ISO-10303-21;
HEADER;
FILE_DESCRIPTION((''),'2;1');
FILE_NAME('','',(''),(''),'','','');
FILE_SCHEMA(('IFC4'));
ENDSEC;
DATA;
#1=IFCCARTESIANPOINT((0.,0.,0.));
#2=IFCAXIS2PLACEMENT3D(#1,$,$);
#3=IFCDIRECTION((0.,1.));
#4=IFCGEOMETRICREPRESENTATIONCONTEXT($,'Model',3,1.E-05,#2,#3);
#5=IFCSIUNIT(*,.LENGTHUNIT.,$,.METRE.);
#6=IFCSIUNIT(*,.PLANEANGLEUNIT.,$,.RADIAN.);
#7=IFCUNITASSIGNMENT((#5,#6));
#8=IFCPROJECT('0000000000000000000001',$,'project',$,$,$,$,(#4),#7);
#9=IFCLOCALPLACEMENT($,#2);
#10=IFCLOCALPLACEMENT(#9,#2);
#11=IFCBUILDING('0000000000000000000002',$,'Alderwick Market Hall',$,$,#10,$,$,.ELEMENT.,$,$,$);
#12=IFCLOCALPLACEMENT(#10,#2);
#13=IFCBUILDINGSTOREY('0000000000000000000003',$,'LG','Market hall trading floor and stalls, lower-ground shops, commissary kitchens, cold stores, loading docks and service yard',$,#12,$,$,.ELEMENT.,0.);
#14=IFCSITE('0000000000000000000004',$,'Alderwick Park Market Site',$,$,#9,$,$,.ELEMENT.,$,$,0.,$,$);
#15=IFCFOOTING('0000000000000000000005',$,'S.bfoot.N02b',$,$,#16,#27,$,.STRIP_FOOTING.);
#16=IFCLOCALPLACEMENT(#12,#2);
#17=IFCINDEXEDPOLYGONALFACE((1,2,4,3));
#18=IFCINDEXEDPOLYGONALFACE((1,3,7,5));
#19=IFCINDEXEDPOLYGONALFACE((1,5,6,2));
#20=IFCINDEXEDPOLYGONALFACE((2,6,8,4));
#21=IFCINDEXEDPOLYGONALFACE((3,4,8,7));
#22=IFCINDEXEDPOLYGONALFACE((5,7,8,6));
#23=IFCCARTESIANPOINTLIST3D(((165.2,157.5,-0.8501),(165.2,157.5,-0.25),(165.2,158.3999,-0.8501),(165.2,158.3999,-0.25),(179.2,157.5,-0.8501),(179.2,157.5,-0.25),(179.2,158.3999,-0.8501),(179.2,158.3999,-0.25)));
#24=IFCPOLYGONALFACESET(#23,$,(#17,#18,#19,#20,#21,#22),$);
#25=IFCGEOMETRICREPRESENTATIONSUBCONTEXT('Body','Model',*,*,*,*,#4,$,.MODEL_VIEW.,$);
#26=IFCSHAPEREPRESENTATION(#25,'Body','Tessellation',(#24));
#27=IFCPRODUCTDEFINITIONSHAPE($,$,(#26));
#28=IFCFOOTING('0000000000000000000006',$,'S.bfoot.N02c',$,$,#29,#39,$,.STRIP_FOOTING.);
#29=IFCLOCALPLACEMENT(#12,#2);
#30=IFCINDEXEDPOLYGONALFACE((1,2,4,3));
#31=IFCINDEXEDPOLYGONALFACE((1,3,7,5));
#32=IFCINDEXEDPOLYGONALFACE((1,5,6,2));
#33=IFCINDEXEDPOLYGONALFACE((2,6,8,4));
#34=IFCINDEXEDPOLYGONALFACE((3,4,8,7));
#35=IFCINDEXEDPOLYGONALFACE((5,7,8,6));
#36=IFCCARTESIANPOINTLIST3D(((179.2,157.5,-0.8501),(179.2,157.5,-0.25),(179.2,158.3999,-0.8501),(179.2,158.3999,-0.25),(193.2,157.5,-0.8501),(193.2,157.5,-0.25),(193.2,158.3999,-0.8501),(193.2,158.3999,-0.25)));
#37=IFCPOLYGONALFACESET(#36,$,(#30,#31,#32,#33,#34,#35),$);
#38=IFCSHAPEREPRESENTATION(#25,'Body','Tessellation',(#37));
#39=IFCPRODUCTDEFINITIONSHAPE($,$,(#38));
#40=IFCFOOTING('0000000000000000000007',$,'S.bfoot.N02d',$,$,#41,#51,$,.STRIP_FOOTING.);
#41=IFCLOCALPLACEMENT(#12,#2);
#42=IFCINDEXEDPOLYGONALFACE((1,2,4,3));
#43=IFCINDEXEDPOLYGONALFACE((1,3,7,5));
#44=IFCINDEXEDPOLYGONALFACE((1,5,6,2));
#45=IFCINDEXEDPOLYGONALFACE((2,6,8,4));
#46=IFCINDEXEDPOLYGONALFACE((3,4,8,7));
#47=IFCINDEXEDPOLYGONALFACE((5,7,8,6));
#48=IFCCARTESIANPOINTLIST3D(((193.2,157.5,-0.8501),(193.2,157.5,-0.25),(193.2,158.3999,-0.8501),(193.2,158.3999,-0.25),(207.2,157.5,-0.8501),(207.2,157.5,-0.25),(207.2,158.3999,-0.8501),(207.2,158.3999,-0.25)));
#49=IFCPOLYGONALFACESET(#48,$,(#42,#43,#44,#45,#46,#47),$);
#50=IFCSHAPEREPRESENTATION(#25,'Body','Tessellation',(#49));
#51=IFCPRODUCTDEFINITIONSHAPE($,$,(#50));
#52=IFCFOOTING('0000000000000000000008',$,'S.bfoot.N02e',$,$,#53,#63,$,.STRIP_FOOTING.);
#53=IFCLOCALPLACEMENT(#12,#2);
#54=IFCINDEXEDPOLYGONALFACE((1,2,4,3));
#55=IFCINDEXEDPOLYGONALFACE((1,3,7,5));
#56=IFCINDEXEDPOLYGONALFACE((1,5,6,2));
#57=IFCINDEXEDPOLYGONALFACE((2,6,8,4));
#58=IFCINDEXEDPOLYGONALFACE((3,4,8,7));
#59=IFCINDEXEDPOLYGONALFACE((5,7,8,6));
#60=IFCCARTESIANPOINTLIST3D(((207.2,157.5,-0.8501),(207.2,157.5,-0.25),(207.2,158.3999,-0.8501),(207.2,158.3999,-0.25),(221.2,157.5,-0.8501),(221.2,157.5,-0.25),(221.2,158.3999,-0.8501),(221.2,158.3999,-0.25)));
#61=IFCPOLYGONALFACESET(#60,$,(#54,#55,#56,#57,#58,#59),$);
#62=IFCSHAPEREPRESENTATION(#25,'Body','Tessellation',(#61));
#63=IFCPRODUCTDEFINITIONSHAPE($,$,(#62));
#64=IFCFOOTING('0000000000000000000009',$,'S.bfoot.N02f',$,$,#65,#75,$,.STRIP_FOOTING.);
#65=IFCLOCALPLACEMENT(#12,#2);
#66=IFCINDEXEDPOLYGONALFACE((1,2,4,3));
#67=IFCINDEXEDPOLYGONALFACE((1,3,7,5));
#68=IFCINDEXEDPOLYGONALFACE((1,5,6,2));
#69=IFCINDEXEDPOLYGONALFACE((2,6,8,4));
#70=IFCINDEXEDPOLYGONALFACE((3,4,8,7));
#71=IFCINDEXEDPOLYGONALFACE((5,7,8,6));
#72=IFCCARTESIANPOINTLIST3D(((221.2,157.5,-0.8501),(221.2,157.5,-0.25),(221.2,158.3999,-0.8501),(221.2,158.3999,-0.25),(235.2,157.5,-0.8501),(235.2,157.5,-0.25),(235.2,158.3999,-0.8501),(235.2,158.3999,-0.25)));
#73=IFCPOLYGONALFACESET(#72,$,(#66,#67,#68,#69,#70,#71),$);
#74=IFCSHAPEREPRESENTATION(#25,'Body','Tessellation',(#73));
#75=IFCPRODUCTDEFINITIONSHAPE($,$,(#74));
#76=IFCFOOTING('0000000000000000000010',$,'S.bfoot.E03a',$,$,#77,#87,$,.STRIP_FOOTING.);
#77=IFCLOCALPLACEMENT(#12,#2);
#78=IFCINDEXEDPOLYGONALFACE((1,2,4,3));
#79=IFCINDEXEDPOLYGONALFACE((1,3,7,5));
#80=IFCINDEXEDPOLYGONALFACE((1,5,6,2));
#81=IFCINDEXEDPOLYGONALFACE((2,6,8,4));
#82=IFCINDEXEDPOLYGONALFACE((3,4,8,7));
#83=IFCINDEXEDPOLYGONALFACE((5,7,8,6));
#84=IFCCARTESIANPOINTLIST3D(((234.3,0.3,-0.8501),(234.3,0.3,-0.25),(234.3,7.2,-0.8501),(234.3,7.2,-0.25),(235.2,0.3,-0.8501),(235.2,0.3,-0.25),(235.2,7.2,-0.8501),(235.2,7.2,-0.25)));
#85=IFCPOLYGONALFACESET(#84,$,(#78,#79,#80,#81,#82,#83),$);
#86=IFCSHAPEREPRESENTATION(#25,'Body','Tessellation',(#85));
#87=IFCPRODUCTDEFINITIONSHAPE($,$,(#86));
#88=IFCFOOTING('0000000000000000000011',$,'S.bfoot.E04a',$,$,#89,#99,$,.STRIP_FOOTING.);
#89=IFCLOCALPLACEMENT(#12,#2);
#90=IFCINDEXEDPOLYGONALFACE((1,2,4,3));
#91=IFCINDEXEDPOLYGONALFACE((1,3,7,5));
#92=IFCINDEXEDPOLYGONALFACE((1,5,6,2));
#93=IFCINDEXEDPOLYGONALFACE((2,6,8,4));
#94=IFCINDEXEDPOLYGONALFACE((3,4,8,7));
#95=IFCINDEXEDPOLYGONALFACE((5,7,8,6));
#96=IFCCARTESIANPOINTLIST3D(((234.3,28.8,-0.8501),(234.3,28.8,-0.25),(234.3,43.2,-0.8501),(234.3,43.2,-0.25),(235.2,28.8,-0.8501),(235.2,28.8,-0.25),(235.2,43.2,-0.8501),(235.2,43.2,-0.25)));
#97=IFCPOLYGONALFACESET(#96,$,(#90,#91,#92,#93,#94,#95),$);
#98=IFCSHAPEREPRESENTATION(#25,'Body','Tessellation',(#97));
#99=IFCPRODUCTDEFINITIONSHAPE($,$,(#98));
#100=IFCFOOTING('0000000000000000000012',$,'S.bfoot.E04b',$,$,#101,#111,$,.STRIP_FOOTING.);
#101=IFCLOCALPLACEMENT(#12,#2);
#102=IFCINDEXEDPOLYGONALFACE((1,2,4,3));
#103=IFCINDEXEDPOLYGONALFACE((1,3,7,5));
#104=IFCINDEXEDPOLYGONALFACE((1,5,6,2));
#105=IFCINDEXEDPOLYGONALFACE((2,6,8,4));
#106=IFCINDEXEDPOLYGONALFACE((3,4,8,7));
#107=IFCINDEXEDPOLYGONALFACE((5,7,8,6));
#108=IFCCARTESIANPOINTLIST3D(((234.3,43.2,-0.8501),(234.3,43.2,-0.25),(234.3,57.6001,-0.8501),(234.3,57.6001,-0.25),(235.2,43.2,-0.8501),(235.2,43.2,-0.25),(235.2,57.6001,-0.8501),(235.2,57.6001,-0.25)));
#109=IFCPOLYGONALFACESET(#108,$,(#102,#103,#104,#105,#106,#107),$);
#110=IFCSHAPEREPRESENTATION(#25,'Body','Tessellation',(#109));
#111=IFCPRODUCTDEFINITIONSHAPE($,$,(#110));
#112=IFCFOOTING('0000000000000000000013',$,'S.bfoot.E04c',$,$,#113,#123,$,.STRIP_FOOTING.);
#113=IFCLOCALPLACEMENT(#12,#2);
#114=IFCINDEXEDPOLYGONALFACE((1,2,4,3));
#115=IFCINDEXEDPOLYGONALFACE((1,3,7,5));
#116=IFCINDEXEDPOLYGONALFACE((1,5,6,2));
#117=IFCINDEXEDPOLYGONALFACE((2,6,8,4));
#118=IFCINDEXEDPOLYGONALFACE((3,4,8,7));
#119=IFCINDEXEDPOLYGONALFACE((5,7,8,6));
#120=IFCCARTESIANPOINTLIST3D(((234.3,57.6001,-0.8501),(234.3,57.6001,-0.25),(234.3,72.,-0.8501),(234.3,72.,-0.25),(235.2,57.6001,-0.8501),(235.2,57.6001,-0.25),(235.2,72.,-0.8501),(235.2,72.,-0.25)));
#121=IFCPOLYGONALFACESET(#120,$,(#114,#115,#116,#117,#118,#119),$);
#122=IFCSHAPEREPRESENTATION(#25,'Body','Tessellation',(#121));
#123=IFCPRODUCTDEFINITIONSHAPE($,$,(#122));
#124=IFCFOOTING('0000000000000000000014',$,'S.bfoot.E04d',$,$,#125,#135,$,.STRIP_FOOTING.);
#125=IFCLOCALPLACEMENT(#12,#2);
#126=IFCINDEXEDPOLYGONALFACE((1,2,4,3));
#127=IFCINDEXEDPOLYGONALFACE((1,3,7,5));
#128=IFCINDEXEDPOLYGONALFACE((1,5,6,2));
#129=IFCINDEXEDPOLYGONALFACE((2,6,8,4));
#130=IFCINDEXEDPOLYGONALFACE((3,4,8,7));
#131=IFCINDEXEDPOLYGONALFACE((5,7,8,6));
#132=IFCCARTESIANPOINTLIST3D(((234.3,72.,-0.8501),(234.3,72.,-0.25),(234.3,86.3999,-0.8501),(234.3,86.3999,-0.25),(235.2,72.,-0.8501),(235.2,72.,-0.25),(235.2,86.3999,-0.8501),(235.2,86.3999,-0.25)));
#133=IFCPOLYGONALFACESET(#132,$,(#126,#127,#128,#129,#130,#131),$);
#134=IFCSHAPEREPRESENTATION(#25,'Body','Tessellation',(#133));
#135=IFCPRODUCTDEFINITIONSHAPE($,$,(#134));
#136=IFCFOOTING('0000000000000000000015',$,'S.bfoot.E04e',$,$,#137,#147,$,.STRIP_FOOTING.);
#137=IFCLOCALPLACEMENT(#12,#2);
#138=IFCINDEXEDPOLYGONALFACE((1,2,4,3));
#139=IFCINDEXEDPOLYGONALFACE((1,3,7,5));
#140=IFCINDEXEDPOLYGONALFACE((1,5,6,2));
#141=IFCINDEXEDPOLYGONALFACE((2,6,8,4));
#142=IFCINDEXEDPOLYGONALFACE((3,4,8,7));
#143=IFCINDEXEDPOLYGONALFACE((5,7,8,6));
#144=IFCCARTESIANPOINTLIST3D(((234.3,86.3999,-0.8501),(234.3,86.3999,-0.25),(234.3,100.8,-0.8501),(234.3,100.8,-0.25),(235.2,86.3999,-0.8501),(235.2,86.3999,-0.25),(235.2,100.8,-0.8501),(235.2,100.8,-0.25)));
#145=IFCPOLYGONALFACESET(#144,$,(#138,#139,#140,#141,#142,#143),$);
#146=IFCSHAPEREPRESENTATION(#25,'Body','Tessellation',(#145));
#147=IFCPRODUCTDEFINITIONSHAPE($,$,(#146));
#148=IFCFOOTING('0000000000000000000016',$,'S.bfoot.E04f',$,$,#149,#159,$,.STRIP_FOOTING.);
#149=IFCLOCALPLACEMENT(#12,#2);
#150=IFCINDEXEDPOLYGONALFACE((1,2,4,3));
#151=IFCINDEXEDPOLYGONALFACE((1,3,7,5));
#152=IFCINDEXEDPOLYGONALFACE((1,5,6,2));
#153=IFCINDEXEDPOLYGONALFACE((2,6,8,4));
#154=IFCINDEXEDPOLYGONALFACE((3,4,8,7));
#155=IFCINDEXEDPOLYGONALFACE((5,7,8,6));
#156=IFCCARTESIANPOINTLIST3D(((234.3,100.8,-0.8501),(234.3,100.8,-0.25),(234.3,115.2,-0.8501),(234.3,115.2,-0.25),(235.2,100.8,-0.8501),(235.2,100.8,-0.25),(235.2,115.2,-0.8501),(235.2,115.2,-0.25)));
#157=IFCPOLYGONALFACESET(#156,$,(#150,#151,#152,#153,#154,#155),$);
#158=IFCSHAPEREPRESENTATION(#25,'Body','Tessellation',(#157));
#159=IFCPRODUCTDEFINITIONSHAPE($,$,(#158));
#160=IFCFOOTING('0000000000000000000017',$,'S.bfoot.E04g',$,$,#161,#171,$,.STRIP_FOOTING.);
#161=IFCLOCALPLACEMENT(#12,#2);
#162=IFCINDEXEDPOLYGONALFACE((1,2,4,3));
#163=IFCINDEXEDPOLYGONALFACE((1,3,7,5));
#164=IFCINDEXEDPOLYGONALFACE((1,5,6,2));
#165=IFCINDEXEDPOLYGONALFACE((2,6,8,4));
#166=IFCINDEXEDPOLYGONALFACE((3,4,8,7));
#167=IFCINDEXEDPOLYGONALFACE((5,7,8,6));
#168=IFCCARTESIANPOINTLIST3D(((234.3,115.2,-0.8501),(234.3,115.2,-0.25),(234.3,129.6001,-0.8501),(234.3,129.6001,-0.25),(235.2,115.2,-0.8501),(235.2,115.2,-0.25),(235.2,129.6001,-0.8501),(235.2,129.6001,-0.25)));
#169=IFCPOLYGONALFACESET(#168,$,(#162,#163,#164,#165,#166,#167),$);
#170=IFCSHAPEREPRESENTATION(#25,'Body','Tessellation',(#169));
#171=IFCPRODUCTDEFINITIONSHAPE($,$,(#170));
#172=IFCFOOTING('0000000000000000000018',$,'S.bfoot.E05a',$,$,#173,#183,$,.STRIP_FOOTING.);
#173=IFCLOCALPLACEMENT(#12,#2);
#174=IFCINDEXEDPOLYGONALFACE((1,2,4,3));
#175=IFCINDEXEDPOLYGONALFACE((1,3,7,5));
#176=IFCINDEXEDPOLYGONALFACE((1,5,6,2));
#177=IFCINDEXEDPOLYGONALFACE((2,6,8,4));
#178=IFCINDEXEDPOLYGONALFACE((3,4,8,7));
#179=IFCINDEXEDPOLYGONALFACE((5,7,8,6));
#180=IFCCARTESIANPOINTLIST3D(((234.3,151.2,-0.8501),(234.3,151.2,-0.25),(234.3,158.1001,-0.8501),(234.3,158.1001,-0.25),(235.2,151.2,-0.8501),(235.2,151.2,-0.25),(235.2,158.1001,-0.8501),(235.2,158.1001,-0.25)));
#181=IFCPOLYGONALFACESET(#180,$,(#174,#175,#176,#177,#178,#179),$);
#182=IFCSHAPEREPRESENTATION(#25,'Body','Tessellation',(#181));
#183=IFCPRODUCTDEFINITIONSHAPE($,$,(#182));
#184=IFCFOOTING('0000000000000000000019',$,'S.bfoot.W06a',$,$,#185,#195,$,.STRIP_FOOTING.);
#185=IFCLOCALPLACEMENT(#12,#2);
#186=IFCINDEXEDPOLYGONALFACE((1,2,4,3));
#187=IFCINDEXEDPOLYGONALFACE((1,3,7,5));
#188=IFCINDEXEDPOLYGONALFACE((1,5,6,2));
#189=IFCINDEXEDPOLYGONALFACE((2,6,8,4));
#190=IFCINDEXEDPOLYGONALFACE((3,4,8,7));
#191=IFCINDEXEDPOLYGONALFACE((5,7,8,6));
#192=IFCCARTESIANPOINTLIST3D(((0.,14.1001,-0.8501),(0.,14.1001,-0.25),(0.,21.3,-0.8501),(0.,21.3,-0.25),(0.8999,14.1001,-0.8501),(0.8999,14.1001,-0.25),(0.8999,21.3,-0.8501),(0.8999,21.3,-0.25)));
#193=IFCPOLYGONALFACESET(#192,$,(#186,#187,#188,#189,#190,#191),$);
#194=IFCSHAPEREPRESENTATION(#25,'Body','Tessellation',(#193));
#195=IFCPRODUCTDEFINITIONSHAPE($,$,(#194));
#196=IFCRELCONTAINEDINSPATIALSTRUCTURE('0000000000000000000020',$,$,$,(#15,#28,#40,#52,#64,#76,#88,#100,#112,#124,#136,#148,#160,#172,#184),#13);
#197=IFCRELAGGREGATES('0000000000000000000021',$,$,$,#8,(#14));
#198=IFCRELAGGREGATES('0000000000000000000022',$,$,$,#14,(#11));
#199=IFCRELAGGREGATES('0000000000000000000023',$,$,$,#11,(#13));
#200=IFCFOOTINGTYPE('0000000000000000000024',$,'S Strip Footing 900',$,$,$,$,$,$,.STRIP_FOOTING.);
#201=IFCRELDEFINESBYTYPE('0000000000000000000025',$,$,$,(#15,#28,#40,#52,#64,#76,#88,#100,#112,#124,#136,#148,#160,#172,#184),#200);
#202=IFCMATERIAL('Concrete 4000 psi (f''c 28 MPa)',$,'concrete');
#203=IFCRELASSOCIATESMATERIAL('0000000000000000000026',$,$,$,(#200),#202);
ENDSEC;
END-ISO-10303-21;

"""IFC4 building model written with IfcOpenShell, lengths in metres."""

from ifc_helpers import new_model, si_unit, direction, frame, origin, place, context, subcontext, project, spatial, polyline, outline, extrude, material, type_object, element, save


model = new_model("IFC4")

# Units and contexts
model_context = context("Model", 3, precision=1e-05, world=origin(), true_north=direction((0.0, 1.0)))
body_context = subcontext(model_context, "Body", "Model", "MODEL_VIEW")
ifc_project = project(units=[si_unit("LENGTHUNIT", "METRE"), si_unit("PLANEANGLEUNIT", "RADIAN")], contexts=[model_context])

# Site, building, storey
site_placement = place(None, origin())
site = spatial("IfcSite", under=ifc_project, at=site_placement, Name="Alderwick Park Market Site", CompositionType="ELEMENT", RefElevation=0.0)
building_placement = place(site_placement, origin())
building = spatial("IfcBuilding", under=site, at=building_placement, Name="Alderwick Market Hall", CompositionType="ELEMENT")
storey_placement = place(building_placement, origin())
storey = spatial("IfcBuildingStorey", under=building, at=storey_placement, Name="LG", Description="Market hall trading floor and stalls, lower-ground shops, commissary kitchens, cold stores, loading docks and service yard", CompositionType="ELEMENT", Elevation=0.0)

# Footings
ifc_material_1 = material(Name="Concrete 4000 psi (f'c 28 MPa)", Category="concrete")
footing_type = type_object("IfcFootingType", Name="S Strip Footing 900", PredefinedType="STRIP_FOOTING", material=ifc_material_1)
footing_1_placement = place(storey_placement, frame((0.0, 0.0, -0.8501)))
element("IfcFooting", 1, at=footing_1_placement, inside=storey, type_object=footing_type, Name="S.bfoot.N02b", PredefinedType="STRIP_FOOTING", context=body_context, shape_type="SweptSolid", body=[
    extrude(outline(polyline([(165.2, 158.3999), (165.2, 157.5), (179.2, 157.5), (179.2, 158.3999), (165.2, 158.3999)])), origin(), (0.0, 0.0, 1.0), 0.6001),
])
footing_2_placement = place(storey_placement, frame((0.0, 0.0, -0.8501)))
element("IfcFooting", 2, at=footing_2_placement, inside=storey, type_object=footing_type, Name="S.bfoot.N02c", PredefinedType="STRIP_FOOTING", context=body_context, shape_type="SweptSolid", body=[
    extrude(outline(polyline([(179.2, 158.3999), (179.2, 157.5), (193.2, 157.5), (193.2, 158.3999), (179.2, 158.3999)])), origin(), (0.0, 0.0, 1.0), 0.6001),
])
footing_3_placement = place(storey_placement, frame((0.0, 0.0, -0.8501)))
element("IfcFooting", 3, at=footing_3_placement, inside=storey, type_object=footing_type, Name="S.bfoot.N02d", PredefinedType="STRIP_FOOTING", context=body_context, shape_type="SweptSolid", body=[
    extrude(outline(polyline([(193.2, 158.3999), (193.2, 157.5), (207.2, 157.5), (207.2, 158.3999), (193.2, 158.3999)])), origin(), (0.0, 0.0, 1.0), 0.6001),
])
footing_4_placement = place(storey_placement, frame((0.0, 0.0, -0.8501)))
element("IfcFooting", 4, at=footing_4_placement, inside=storey, type_object=footing_type, Name="S.bfoot.N02e", PredefinedType="STRIP_FOOTING", context=body_context, shape_type="SweptSolid", body=[
    extrude(outline(polyline([(207.2, 158.3999), (207.2, 157.5), (221.2, 157.5), (221.2, 158.3999), (207.2, 158.3999)])), origin(), (0.0, 0.0, 1.0), 0.6001),
])
footing_5_placement = place(storey_placement, frame((0.0, 0.0, -0.8501)))
element("IfcFooting", 5, at=footing_5_placement, inside=storey, type_object=footing_type, Name="S.bfoot.N02f", PredefinedType="STRIP_FOOTING", context=body_context, shape_type="SweptSolid", body=[
    extrude(outline(polyline([(221.2, 158.3999), (221.2, 157.5), (235.2, 157.5), (235.2, 158.3999), (221.2, 158.3999)])), origin(), (0.0, 0.0, 1.0), 0.6001),
])
footing_6_placement = place(storey_placement, frame((0.0, 0.0, -0.8501)))
element("IfcFooting", 6, at=footing_6_placement, inside=storey, type_object=footing_type, Name="S.bfoot.E03a", PredefinedType="STRIP_FOOTING", context=body_context, shape_type="SweptSolid", body=[
    extrude(outline(polyline([(234.3, 0.3), (235.2, 0.3), (235.2, 7.2), (234.3, 7.2), (234.3, 0.3)])), origin(), (0.0, 0.0, 1.0), 0.6001),
])
footing_7_placement = place(storey_placement, frame((0.0, 0.0, -0.8501)))
element("IfcFooting", 7, at=footing_7_placement, inside=storey, type_object=footing_type, Name="S.bfoot.E04a", PredefinedType="STRIP_FOOTING", context=body_context, shape_type="SweptSolid", body=[
    extrude(outline(polyline([(234.3, 28.8), (235.2, 28.8), (235.2, 43.2), (234.3, 43.2), (234.3, 28.8)])), origin(), (0.0, 0.0, 1.0), 0.6001),
])
footing_8_placement = place(storey_placement, frame((0.0, 0.0, -0.8501)))
element("IfcFooting", 8, at=footing_8_placement, inside=storey, type_object=footing_type, Name="S.bfoot.E04b", PredefinedType="STRIP_FOOTING", context=body_context, shape_type="SweptSolid", body=[
    extrude(outline(polyline([(234.3, 43.2), (235.2, 43.2), (235.2, 57.6001), (234.3, 57.6001), (234.3, 43.2)])), origin(), (0.0, 0.0, 1.0), 0.6001),
])
footing_9_placement = place(storey_placement, frame((0.0, 0.0, -0.8501)))
element("IfcFooting", 9, at=footing_9_placement, inside=storey, type_object=footing_type, Name="S.bfoot.E04c", PredefinedType="STRIP_FOOTING", context=body_context, shape_type="SweptSolid", body=[
    extrude(outline(polyline([(234.3, 57.6001), (235.2, 57.6001), (235.2, 72.0), (234.3, 72.0), (234.3, 57.6001)])), origin(), (0.0, 0.0, 1.0), 0.6001),
])
footing_10_placement = place(storey_placement, frame((0.0, 0.0, -0.8501)))
element("IfcFooting", 10, at=footing_10_placement, inside=storey, type_object=footing_type, Name="S.bfoot.E04d", PredefinedType="STRIP_FOOTING", context=body_context, shape_type="SweptSolid", body=[
    extrude(outline(polyline([(234.3, 72.0), (235.2, 72.0), (235.2, 86.3999), (234.3, 86.3999), (234.3, 72.0)])), origin(), (0.0, 0.0, 1.0), 0.6001),
])
footing_11_placement = place(storey_placement, frame((0.0, 0.0, -0.8501)))
element("IfcFooting", 11, at=footing_11_placement, inside=storey, type_object=footing_type, Name="S.bfoot.E04e", PredefinedType="STRIP_FOOTING", context=body_context, shape_type="SweptSolid", body=[
    extrude(outline(polyline([(234.3, 86.3999), (235.2, 86.3999), (235.2, 100.8), (234.3, 100.8), (234.3, 86.3999)])), origin(), (0.0, 0.0, 1.0), 0.6001),
])
footing_12_placement = place(storey_placement, frame((0.0, 0.0, -0.8501)))
element("IfcFooting", 12, at=footing_12_placement, inside=storey, type_object=footing_type, Name="S.bfoot.E04f", PredefinedType="STRIP_FOOTING", context=body_context, shape_type="SweptSolid", body=[
    extrude(outline(polyline([(234.3, 100.8), (235.2, 100.8), (235.2, 115.2), (234.3, 115.2), (234.3, 100.8)])), origin(), (0.0, 0.0, 1.0), 0.6001),
])
footing_13_placement = place(storey_placement, frame((0.0, 0.0, -0.8501)))
element("IfcFooting", 13, at=footing_13_placement, inside=storey, type_object=footing_type, Name="S.bfoot.E04g", PredefinedType="STRIP_FOOTING", context=body_context, shape_type="SweptSolid", body=[
    extrude(outline(polyline([(234.3, 115.2), (235.2, 115.2), (235.2, 129.6001), (234.3, 129.6001), (234.3, 115.2)])), origin(), (0.0, 0.0, 1.0), 0.6001),
])
footing_14_placement = place(storey_placement, frame((0.0, 0.0, -0.8501)))
element("IfcFooting", 14, at=footing_14_placement, inside=storey, type_object=footing_type, Name="S.bfoot.E05a", PredefinedType="STRIP_FOOTING", context=body_context, shape_type="SweptSolid", body=[
    extrude(outline(polyline([(234.3, 151.2), (235.2, 151.2), (235.2, 158.1001), (234.3, 158.1001), (234.3, 151.2)])), origin(), (0.0, 0.0, 1.0), 0.6001),
])
footing_15_placement = place(storey_placement, frame((0.0, 0.0, -0.8501)))
element("IfcFooting", 15, at=footing_15_placement, inside=storey, type_object=footing_type, Name="S.bfoot.W06a", PredefinedType="STRIP_FOOTING", context=body_context, shape_type="SweptSolid", body=[
    extrude(outline(polyline([(0.0, 14.1001), (0.8999, 14.1001), (0.8999, 21.3), (0.0, 21.3), (0.0, 14.1001)])), origin(), (0.0, 0.0, 1.0), 0.6001),
])

save(model, "model.ifc")
